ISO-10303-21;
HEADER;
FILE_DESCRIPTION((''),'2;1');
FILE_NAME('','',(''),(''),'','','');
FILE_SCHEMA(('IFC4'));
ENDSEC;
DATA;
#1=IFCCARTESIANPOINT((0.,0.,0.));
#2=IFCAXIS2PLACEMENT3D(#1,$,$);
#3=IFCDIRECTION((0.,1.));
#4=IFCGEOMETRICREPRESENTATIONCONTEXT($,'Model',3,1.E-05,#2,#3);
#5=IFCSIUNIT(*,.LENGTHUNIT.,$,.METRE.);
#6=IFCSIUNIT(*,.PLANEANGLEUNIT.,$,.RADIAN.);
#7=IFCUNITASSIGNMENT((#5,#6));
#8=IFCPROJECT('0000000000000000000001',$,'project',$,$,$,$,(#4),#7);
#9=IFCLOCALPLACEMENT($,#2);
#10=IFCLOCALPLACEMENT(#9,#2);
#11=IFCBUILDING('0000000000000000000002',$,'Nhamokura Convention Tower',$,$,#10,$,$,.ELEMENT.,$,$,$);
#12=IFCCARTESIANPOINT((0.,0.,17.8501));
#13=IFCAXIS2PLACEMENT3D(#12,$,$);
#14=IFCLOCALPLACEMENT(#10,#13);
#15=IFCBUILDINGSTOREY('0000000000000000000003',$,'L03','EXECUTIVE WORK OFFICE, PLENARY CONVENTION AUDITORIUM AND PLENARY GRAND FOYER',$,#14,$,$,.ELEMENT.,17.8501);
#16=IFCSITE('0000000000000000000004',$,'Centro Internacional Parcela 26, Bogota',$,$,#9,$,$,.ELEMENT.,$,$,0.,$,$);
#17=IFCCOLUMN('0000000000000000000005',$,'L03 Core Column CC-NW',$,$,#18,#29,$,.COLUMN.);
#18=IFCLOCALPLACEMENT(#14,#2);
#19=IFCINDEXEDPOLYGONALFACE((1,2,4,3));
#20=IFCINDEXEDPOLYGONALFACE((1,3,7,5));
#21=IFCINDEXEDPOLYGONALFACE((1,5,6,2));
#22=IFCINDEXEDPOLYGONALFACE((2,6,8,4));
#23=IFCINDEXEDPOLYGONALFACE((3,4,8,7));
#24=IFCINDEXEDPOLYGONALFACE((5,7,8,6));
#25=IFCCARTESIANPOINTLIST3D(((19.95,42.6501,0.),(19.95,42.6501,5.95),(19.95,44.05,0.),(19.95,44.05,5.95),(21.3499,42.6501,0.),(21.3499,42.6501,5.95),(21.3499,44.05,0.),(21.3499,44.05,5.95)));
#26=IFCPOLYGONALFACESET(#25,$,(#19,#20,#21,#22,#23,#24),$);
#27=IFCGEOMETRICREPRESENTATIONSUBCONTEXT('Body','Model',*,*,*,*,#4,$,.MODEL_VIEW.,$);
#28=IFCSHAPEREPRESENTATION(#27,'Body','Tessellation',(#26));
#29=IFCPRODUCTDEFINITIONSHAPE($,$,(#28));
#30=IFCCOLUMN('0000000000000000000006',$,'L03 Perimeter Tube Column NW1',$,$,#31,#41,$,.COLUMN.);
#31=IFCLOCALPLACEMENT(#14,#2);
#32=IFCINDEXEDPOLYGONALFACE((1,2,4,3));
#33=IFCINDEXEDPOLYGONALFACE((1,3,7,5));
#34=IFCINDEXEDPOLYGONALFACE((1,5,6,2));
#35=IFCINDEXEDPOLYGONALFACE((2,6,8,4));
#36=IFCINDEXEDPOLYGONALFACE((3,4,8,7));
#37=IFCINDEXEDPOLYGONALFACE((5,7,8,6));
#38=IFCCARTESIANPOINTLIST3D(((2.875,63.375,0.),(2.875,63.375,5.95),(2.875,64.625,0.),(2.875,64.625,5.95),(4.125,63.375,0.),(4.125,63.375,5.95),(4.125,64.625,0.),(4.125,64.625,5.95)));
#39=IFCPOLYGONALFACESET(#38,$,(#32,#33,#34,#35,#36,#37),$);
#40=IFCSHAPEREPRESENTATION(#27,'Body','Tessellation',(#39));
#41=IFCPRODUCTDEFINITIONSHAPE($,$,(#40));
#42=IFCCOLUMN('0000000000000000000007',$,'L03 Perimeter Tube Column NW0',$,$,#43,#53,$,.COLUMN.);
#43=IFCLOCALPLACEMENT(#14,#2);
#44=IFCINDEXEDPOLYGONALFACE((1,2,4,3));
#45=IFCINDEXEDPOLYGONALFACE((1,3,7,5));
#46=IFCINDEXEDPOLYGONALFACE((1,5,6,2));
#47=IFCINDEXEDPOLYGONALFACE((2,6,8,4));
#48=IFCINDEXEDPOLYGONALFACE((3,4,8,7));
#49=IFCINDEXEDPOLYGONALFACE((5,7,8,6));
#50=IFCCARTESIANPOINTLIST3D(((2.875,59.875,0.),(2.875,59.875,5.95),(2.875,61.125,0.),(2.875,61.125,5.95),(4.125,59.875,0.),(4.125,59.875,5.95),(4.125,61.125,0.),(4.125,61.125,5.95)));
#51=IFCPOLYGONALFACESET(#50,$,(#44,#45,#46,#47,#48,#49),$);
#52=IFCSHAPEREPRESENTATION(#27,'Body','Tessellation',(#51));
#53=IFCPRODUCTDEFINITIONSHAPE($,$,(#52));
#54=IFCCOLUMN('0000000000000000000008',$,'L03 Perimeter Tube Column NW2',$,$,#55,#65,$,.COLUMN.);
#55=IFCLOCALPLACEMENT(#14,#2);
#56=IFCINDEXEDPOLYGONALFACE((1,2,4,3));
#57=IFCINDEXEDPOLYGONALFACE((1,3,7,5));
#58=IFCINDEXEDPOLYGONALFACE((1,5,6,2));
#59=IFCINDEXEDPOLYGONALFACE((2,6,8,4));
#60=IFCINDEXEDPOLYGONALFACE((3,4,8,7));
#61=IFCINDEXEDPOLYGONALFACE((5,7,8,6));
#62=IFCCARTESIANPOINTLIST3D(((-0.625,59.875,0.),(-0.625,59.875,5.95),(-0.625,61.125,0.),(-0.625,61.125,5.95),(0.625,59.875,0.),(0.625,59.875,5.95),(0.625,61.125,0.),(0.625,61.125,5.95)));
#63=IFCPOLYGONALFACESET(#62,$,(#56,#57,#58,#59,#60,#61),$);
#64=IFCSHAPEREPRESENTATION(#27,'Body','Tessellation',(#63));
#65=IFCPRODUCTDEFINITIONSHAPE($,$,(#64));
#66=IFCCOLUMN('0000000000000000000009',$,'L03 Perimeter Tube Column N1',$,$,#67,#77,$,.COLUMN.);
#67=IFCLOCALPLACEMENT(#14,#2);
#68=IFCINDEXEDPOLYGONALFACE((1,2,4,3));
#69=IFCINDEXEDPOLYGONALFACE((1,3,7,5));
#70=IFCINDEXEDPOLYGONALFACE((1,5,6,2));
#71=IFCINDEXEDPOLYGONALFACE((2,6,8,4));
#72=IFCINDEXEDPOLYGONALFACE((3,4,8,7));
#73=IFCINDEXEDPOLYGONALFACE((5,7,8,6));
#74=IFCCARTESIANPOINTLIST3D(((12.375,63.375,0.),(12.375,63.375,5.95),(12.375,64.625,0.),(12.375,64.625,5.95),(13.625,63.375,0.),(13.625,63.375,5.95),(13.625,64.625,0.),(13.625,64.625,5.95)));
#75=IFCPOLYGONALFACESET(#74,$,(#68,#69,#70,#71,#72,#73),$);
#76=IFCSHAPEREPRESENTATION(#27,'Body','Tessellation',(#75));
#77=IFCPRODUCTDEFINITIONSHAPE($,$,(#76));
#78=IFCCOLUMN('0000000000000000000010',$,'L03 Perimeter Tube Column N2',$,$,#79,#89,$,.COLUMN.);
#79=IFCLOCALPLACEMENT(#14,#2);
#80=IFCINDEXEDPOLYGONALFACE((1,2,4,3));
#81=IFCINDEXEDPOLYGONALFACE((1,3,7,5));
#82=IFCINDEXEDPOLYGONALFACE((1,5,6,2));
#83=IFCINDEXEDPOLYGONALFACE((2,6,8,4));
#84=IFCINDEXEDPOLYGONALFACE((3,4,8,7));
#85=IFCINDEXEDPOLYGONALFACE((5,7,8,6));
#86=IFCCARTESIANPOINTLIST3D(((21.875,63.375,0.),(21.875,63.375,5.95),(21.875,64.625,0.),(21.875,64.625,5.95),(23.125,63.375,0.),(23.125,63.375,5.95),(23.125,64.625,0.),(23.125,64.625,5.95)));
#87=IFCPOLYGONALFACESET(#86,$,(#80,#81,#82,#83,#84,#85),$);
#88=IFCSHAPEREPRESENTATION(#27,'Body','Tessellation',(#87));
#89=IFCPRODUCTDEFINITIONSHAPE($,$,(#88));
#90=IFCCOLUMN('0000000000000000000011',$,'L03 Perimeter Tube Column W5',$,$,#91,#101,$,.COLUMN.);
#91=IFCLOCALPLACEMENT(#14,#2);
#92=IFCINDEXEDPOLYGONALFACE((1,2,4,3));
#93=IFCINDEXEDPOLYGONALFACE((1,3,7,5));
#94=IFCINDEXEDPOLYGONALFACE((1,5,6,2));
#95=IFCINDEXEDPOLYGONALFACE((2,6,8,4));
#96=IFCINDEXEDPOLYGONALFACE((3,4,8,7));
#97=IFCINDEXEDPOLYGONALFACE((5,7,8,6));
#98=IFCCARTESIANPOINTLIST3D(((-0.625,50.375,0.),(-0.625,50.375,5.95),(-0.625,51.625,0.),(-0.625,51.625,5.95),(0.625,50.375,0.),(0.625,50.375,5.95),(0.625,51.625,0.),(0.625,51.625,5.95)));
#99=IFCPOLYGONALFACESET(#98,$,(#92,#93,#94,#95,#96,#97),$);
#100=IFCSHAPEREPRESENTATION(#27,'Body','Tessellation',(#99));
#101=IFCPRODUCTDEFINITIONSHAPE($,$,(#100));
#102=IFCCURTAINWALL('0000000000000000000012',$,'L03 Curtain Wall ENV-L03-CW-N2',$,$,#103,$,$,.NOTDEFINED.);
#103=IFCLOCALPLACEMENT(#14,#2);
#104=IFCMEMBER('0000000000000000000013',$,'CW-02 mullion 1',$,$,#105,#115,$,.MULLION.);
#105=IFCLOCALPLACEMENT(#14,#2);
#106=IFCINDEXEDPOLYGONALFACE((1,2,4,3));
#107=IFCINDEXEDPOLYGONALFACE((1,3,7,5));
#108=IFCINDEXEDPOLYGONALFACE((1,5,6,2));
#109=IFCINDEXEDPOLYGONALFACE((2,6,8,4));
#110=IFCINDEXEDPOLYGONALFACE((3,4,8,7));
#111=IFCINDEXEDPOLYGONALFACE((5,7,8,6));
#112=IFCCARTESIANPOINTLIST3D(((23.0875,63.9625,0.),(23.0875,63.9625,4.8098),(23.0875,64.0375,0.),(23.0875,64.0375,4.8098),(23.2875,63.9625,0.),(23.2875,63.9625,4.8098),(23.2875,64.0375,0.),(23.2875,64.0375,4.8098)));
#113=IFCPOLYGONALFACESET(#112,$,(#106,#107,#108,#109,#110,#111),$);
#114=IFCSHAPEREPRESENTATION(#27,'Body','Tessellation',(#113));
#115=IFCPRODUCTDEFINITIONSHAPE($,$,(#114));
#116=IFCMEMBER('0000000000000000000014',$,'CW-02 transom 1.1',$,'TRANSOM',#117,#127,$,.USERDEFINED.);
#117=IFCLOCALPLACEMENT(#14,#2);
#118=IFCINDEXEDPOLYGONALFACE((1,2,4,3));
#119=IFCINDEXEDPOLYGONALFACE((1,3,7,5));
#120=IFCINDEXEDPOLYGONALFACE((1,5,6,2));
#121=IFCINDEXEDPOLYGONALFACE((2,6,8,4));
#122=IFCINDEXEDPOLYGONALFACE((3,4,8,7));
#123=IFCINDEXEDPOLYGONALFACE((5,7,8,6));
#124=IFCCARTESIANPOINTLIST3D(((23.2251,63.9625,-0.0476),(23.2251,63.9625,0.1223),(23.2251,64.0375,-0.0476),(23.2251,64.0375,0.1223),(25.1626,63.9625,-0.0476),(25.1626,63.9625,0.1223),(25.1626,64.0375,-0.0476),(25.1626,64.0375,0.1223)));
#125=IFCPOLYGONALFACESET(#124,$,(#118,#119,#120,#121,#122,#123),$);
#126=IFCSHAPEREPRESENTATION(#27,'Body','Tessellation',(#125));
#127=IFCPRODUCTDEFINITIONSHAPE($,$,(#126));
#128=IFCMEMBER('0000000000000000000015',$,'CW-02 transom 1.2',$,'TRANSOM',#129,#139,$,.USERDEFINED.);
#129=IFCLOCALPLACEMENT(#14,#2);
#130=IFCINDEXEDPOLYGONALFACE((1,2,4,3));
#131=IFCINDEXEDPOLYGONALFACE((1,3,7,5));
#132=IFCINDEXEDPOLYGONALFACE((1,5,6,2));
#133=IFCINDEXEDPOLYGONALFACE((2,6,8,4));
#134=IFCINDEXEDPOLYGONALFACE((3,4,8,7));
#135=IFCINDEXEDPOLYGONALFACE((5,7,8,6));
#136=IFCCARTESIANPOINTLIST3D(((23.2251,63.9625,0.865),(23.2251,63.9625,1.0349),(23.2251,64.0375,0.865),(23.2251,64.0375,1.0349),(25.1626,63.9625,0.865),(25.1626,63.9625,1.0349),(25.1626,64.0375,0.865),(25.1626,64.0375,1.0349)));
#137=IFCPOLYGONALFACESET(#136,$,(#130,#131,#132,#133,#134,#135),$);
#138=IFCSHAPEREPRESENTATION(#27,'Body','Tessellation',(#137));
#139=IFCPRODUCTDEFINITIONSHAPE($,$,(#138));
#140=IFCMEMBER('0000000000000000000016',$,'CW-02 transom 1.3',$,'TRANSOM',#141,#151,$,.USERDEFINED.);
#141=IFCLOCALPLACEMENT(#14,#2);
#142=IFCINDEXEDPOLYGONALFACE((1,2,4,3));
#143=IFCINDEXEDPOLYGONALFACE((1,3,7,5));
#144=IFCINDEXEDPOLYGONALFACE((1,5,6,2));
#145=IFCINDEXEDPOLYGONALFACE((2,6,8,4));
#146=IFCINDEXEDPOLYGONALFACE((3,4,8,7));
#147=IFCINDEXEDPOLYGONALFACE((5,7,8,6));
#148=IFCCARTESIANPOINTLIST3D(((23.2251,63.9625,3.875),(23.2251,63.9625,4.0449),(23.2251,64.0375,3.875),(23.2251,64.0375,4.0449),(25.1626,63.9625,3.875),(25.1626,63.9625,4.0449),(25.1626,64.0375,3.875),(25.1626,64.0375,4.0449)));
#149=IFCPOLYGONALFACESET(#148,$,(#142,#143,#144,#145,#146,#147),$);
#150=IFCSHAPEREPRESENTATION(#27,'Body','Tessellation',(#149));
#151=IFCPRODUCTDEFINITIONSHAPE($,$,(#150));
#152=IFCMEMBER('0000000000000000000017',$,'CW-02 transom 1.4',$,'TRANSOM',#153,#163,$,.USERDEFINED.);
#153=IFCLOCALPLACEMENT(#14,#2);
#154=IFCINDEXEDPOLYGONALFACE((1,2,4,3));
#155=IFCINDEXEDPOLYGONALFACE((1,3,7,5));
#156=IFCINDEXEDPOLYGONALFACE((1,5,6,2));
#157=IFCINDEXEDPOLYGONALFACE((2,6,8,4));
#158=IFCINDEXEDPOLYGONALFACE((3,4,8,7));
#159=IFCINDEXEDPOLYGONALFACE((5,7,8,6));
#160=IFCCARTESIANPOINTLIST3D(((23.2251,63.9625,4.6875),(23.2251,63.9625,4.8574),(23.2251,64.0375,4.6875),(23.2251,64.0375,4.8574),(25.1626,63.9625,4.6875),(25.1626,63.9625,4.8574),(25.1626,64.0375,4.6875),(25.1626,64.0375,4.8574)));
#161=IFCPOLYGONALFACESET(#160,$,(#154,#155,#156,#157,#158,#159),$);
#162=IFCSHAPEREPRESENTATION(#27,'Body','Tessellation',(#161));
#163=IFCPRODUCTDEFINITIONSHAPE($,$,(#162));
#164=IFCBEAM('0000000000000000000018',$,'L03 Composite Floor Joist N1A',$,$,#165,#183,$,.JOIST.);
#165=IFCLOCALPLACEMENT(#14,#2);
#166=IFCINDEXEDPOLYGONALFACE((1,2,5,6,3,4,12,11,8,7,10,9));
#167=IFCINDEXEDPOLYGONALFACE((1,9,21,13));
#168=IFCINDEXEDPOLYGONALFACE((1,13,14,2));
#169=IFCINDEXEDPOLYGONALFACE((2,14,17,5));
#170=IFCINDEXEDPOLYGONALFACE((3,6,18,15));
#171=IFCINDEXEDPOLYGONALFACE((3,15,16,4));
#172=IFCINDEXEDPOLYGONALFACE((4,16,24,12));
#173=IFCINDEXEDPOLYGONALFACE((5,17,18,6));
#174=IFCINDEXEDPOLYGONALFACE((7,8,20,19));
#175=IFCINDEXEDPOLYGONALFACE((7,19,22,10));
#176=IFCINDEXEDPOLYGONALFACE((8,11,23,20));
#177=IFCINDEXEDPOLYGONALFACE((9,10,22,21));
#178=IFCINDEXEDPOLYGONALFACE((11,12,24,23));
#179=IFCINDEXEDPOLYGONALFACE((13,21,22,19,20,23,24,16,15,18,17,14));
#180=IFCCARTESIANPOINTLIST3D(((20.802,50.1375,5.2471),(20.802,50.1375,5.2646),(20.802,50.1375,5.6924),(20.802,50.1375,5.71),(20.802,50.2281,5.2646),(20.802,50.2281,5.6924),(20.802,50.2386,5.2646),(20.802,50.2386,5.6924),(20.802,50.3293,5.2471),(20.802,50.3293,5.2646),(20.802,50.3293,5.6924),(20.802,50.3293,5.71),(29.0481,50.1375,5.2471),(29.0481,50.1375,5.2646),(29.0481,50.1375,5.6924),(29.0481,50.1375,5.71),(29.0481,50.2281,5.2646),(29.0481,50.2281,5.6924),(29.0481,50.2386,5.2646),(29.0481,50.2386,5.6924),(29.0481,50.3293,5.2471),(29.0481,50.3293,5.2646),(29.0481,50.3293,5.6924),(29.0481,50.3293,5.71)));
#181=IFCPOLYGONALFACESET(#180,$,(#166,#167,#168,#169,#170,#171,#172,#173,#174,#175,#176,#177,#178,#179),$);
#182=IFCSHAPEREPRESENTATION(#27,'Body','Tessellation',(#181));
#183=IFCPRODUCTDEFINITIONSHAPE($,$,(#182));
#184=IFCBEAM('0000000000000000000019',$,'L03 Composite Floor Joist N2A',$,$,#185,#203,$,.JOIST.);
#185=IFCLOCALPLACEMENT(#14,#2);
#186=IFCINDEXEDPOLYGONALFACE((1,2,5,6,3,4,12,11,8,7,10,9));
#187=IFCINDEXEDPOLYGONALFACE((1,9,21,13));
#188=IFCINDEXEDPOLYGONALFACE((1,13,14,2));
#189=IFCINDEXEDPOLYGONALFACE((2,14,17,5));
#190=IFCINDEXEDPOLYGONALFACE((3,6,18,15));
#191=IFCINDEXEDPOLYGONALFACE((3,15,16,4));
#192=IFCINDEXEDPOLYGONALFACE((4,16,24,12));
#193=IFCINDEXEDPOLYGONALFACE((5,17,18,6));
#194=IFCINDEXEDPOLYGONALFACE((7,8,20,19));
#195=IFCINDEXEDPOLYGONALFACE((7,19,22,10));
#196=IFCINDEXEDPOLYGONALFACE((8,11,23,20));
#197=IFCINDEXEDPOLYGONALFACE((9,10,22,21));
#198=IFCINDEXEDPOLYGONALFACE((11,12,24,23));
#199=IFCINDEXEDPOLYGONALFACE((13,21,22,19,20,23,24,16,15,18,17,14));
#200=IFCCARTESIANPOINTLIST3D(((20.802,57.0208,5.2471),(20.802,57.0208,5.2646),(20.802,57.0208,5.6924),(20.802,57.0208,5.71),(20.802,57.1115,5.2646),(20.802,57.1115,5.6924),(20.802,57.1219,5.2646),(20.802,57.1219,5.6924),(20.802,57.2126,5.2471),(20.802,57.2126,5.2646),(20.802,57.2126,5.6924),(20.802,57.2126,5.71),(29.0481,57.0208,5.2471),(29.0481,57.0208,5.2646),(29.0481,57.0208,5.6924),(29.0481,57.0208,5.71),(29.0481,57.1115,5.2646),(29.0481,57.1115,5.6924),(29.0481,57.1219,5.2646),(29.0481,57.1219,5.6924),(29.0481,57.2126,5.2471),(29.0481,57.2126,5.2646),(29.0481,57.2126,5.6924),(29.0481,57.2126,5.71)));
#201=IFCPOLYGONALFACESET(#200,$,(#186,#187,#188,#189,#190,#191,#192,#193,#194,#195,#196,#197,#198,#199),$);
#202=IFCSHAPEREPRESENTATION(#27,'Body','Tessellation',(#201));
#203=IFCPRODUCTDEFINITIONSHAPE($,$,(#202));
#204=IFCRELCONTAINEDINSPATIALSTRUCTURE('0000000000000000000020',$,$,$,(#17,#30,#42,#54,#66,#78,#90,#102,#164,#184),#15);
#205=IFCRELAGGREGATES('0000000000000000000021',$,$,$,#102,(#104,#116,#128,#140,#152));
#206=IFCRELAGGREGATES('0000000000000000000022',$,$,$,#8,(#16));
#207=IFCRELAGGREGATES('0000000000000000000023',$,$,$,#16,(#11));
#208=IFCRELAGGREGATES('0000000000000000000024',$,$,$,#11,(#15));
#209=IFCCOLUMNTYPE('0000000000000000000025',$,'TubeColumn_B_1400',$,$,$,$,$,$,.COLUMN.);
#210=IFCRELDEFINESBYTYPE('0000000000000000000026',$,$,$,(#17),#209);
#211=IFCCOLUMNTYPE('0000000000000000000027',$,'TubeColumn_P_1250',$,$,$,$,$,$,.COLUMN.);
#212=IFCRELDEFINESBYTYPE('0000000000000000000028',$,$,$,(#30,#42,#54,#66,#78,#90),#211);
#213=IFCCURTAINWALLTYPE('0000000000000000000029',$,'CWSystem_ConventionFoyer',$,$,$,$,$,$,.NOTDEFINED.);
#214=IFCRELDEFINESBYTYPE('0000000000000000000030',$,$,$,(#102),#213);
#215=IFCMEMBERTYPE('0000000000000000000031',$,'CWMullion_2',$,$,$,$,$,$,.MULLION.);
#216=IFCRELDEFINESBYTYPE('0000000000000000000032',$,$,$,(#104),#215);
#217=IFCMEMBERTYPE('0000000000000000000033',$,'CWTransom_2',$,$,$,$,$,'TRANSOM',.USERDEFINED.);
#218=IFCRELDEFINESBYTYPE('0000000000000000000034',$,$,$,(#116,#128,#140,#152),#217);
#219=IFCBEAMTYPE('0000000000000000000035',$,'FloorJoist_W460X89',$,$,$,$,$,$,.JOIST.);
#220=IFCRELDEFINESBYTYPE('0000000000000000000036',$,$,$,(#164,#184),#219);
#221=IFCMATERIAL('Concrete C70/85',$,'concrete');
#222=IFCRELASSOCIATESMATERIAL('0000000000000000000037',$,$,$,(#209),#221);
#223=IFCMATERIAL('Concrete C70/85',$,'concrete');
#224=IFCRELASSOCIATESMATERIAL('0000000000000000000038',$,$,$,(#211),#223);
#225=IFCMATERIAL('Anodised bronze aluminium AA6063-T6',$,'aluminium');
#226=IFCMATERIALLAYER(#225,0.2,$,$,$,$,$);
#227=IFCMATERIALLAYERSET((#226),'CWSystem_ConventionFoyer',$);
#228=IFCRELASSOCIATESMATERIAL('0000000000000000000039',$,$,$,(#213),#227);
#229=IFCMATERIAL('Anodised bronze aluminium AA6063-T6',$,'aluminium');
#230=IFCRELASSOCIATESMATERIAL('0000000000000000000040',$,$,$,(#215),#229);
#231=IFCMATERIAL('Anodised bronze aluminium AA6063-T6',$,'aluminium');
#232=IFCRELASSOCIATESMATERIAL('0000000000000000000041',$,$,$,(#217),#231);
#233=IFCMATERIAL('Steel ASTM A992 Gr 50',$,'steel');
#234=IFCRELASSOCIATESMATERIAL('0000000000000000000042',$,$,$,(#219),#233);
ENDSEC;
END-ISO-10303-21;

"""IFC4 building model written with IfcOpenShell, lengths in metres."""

from ifc_helpers import new_model, si_unit, direction, frame, origin, origin_2d, place, context, subcontext, project, spatial, rectangle, i_section, extrude, material, layer, layer_set, material_profile, profile_set, type_object, element, aggregate, save


model = new_model("IFC4")

# Units and contexts
model_context = context("Model", 3, precision=1e-05, world=origin(), true_north=direction((0.0, 1.0)))
body_context = subcontext(model_context, "Body", "Model", "MODEL_VIEW")
ifc_project = project(units=[si_unit("LENGTHUNIT", "METRE"), si_unit("PLANEANGLEUNIT", "RADIAN")], contexts=[model_context])

# Site, building, storey
site_placement = place(None, origin())
site = spatial("IfcSite", under=ifc_project, at=site_placement, Name="Centro Internacional Parcela 26, Bogota", CompositionType="ELEMENT", RefElevation=0.0)
building_placement = place(site_placement, origin())
building = spatial("IfcBuilding", under=site, at=building_placement, Name="Nhamokura Convention Tower", CompositionType="ELEMENT")
storey_placement = place(building_placement, frame((0.0, 0.0, 17.8501)))
storey = spatial("IfcBuildingStorey", under=building, at=storey_placement, Name="L03", Description="EXECUTIVE WORK OFFICE, PLENARY CONVENTION AUDITORIUM AND PLENARY GRAND FOYER", CompositionType="ELEMENT", Elevation=17.8501)

# Columns
ifc_material_1 = material(Name="Concrete C70/85", Category="concrete")
ifc_material_profile_1 = material_profile(ifc_material_1, rectangle(XDim=1.3999, YDim=1.3999, at=origin_2d()))
ifc_profile_set_1 = profile_set([ifc_material_profile_1], Name="Concrete C70/85")
column_type_1 = type_object("IfcColumnType", Name="TubeColumn_B_1400", PredefinedType="COLUMN", material=ifc_profile_set_1)
column_placement = place(storey_placement, frame((20.6499, 43.3501, 0.0), z_axis=(0.0, 0.0, 1.0), x_axis=(1.0, 0.0, 0.0)))
element("IfcColumn", 1, at=column_placement, inside=storey, type_object=column_type_1, Name="L03 Core Column CC-NW", PredefinedType="COLUMN", context=body_context, shape_type="SweptSolid", body=[
    extrude(rectangle(XDim=1.3999, YDim=1.3999, at=origin_2d()), origin(), (0.0, 0.0, 1.0), 5.95),
])
ifc_material_2 = material(Name="Concrete C70/85", Category="concrete")
ifc_material_profile_2 = material_profile(ifc_material_2, rectangle(XDim=1.25, YDim=1.25, at=origin_2d()))
ifc_profile_set_2 = profile_set([ifc_material_profile_2], Name="Concrete C70/85")
column_type_2 = type_object("IfcColumnType", Name="TubeColumn_P_1250", PredefinedType="COLUMN", material=ifc_profile_set_2)
for number, where, z_axis, x_axis, name in (
    (2, (3.5, 64.0, 0.0), (0.0, 0.0, 1.0), (1.0, 0.0, 0.0), "L03 Perimeter Tube Column NW1"),
    (3, (3.5, 60.5, 0.0), (0.0, 0.0, 1.0), (1.0, 0.0, 0.0), "L03 Perimeter Tube Column NW0"),
    (4, (0.0, 60.5, 0.0), (0.0, 0.0, 1.0), (1.0, 0.0, 0.0), "L03 Perimeter Tube Column NW2"),
    (5, (13.0, 64.0, 0.0), (0.0, 0.0, 1.0), (1.0, 0.0, 0.0), "L03 Perimeter Tube Column N1"),
    (6, (22.5, 64.0, 0.0), (0.0, 0.0, 1.0), (1.0, 0.0, 0.0), "L03 Perimeter Tube Column N2"),
    (7, (0.0, 51.0, 0.0), (0.0, 0.0, 1.0), (1.0, 0.0, 0.0), "L03 Perimeter Tube Column W5"),
):
    element("IfcColumn", number, at=place(storey_placement, frame(where, z_axis=z_axis, x_axis=x_axis)), inside=storey, type_object=column_type_2, Name=name, PredefinedType="COLUMN", context=body_context, shape_type="SweptSolid", body=[
        extrude(rectangle(XDim=1.25, YDim=1.25, at=origin_2d()), origin(), (0.0, 0.0, 1.0), 5.95),
    ])

# Curtain wall, members
ifc_material_3 = material(Name="Anodised bronze aluminium AA6063-T6", Category="aluminium")
ifc_layer_1 = layer(ifc_material_3, 0.2)
ifc_layer_set_1 = layer_set([ifc_layer_1], Name="CWSystem_ConventionFoyer")
curtain_wall_type = type_object("IfcCurtainWallType", Name="CWSystem_ConventionFoyer", PredefinedType="NOTDEFINED", material=ifc_layer_set_1)
curtain_wall_placement = place(storey_placement, origin())
curtain_wall = element("IfcCurtainWall", 8, at=curtain_wall_placement, inside=storey, type_object=curtain_wall_type, Name="L03 Curtain Wall ENV-L03-CW-N2", PredefinedType="NOTDEFINED")
ifc_material_4 = material(Name="Anodised bronze aluminium AA6063-T6", Category="aluminium")
ifc_material_profile_3 = material_profile(ifc_material_4, rectangle(XDim=0.075, YDim=0.2, at=origin_2d()))
ifc_profile_set_3 = profile_set([ifc_material_profile_3], Name="Anodised bronze aluminium AA6063-T6")
member_type_1 = type_object("IfcMemberType", Name="CWMullion_2", PredefinedType="MULLION", material=ifc_profile_set_3)
member_1_placement = place(storey_placement, frame((23.1875, 64.0, 0.0), z_axis=(0.0, 0.0, 1.0), x_axis=(0.0, 1.0, 0.0)))
member_1 = element("IfcMember", 9, at=member_1_placement, type_object=member_type_1, Name="CW-02 mullion 1", PredefinedType="MULLION", context=body_context, shape_type="SweptSolid", body=[
    extrude(rectangle(XDim=0.075, YDim=0.2, at=origin_2d()), origin(), (0.0, 0.0, 1.0), 4.8098),
])
ifc_material_5 = material(Name="Anodised bronze aluminium AA6063-T6", Category="aluminium")
ifc_material_profile_4 = material_profile(ifc_material_5, rectangle(XDim=0.075, YDim=0.1699, at=origin_2d()))
ifc_profile_set_4 = profile_set([ifc_material_profile_4], Name="Anodised bronze aluminium AA6063-T6")
member_type_2 = type_object("IfcMemberType", Name="CWTransom_2", ElementType="TRANSOM", PredefinedType="USERDEFINED", material=ifc_profile_set_4)
member_2_placement = place(storey_placement, frame((23.2251, 64.0, 0.0374), z_axis=(1.0, 0.0, 0.0), x_axis=(0.0, 1.0, 0.0)))
member_2 = element("IfcMember", 10, at=member_2_placement, type_object=member_type_2, Name="CW-02 transom 1.1", ObjectType="TRANSOM", PredefinedType="USERDEFINED", context=body_context, shape_type="SweptSolid", body=[
    extrude(rectangle(XDim=0.075, YDim=0.1699, at=origin_2d()), origin(), (0.0, 0.0, 1.0), 1.9375),
])
member_3_placement = place(storey_placement, frame((23.2251, 64.0, 0.95), z_axis=(1.0, 0.0, 0.0), x_axis=(0.0, 1.0, 0.0)))
member_3 = element("IfcMember", 11, at=member_3_placement, type_object=member_type_2, Name="CW-02 transom 1.2", ObjectType="TRANSOM", PredefinedType="USERDEFINED", context=body_context, shape_type="SweptSolid", body=[
    extrude(rectangle(XDim=0.075, YDim=0.1699, at=origin_2d()), origin(), (0.0, 0.0, 1.0), 1.9375),
])
member_4_placement = place(storey_placement, frame((23.2251, 64.0, 3.96), z_axis=(1.0, 0.0, 0.0), x_axis=(0.0, 1.0, 0.0)))
member_4 = element("IfcMember", 12, at=member_4_placement, type_object=member_type_2, Name="CW-02 transom 1.3", ObjectType="TRANSOM", PredefinedType="USERDEFINED", context=body_context, shape_type="SweptSolid", body=[
    extrude(rectangle(XDim=0.075, YDim=0.1699, at=origin_2d()), origin(), (0.0, 0.0, 1.0), 1.9375),
])
member_5_placement = place(storey_placement, frame((23.2251, 64.0, 4.7725), z_axis=(1.0, 0.0, 0.0), x_axis=(0.0, 1.0, 0.0)))
member_5 = element("IfcMember", 13, at=member_5_placement, type_object=member_type_2, Name="CW-02 transom 1.4", ObjectType="TRANSOM", PredefinedType="USERDEFINED", context=body_context, shape_type="SweptSolid", body=[
    extrude(rectangle(XDim=0.075, YDim=0.1699, at=origin_2d()), origin(), (0.0, 0.0, 1.0), 1.9375),
])
aggregate(curtain_wall, [member_1, member_2, member_3, member_4, member_5])

# Beams
ifc_material_6 = material(Name="Steel ASTM A992 Gr 50", Category="steel")
ifc_material_profile_5 = material_profile(ifc_material_6, i_section(OverallWidth=0.1919, OverallDepth=0.4629, WebThickness=0.0105, FlangeThickness=0.0176, at=origin_2d()))
ifc_profile_set_5 = profile_set([ifc_material_profile_5], Name="Steel ASTM A992 Gr 50")
beam_type_1 = type_object("IfcBeamType", Name="FloorJoist_W460X89", PredefinedType="JOIST", material=ifc_profile_set_5)
for number, where, z_axis, x_axis, name in (
    (14, (20.802, 50.2334, 5.4785), (1.0, 0.0, 0.0), (0.0, 1.0, 0.0), "L03 Composite Floor Joist N1A"),
    (15, (20.802, 57.1167, 5.4785), (1.0, 0.0, 0.0), (0.0, 1.0, 0.0), "L03 Composite Floor Joist N2A"),
):
    element("IfcBeam", number, at=place(storey_placement, frame(where, z_axis=z_axis, x_axis=x_axis)), inside=storey, type_object=beam_type_1, Name=name, PredefinedType="JOIST", context=body_context, shape_type="SweptSolid", body=[
        extrude(i_section(OverallWidth=0.1919, OverallDepth=0.4629, WebThickness=0.0105, FlangeThickness=0.0176, at=origin_2d()), origin(), (0.0, 0.0, 1.0), 8.2461),
    ])

save(model, "model.ifc")
